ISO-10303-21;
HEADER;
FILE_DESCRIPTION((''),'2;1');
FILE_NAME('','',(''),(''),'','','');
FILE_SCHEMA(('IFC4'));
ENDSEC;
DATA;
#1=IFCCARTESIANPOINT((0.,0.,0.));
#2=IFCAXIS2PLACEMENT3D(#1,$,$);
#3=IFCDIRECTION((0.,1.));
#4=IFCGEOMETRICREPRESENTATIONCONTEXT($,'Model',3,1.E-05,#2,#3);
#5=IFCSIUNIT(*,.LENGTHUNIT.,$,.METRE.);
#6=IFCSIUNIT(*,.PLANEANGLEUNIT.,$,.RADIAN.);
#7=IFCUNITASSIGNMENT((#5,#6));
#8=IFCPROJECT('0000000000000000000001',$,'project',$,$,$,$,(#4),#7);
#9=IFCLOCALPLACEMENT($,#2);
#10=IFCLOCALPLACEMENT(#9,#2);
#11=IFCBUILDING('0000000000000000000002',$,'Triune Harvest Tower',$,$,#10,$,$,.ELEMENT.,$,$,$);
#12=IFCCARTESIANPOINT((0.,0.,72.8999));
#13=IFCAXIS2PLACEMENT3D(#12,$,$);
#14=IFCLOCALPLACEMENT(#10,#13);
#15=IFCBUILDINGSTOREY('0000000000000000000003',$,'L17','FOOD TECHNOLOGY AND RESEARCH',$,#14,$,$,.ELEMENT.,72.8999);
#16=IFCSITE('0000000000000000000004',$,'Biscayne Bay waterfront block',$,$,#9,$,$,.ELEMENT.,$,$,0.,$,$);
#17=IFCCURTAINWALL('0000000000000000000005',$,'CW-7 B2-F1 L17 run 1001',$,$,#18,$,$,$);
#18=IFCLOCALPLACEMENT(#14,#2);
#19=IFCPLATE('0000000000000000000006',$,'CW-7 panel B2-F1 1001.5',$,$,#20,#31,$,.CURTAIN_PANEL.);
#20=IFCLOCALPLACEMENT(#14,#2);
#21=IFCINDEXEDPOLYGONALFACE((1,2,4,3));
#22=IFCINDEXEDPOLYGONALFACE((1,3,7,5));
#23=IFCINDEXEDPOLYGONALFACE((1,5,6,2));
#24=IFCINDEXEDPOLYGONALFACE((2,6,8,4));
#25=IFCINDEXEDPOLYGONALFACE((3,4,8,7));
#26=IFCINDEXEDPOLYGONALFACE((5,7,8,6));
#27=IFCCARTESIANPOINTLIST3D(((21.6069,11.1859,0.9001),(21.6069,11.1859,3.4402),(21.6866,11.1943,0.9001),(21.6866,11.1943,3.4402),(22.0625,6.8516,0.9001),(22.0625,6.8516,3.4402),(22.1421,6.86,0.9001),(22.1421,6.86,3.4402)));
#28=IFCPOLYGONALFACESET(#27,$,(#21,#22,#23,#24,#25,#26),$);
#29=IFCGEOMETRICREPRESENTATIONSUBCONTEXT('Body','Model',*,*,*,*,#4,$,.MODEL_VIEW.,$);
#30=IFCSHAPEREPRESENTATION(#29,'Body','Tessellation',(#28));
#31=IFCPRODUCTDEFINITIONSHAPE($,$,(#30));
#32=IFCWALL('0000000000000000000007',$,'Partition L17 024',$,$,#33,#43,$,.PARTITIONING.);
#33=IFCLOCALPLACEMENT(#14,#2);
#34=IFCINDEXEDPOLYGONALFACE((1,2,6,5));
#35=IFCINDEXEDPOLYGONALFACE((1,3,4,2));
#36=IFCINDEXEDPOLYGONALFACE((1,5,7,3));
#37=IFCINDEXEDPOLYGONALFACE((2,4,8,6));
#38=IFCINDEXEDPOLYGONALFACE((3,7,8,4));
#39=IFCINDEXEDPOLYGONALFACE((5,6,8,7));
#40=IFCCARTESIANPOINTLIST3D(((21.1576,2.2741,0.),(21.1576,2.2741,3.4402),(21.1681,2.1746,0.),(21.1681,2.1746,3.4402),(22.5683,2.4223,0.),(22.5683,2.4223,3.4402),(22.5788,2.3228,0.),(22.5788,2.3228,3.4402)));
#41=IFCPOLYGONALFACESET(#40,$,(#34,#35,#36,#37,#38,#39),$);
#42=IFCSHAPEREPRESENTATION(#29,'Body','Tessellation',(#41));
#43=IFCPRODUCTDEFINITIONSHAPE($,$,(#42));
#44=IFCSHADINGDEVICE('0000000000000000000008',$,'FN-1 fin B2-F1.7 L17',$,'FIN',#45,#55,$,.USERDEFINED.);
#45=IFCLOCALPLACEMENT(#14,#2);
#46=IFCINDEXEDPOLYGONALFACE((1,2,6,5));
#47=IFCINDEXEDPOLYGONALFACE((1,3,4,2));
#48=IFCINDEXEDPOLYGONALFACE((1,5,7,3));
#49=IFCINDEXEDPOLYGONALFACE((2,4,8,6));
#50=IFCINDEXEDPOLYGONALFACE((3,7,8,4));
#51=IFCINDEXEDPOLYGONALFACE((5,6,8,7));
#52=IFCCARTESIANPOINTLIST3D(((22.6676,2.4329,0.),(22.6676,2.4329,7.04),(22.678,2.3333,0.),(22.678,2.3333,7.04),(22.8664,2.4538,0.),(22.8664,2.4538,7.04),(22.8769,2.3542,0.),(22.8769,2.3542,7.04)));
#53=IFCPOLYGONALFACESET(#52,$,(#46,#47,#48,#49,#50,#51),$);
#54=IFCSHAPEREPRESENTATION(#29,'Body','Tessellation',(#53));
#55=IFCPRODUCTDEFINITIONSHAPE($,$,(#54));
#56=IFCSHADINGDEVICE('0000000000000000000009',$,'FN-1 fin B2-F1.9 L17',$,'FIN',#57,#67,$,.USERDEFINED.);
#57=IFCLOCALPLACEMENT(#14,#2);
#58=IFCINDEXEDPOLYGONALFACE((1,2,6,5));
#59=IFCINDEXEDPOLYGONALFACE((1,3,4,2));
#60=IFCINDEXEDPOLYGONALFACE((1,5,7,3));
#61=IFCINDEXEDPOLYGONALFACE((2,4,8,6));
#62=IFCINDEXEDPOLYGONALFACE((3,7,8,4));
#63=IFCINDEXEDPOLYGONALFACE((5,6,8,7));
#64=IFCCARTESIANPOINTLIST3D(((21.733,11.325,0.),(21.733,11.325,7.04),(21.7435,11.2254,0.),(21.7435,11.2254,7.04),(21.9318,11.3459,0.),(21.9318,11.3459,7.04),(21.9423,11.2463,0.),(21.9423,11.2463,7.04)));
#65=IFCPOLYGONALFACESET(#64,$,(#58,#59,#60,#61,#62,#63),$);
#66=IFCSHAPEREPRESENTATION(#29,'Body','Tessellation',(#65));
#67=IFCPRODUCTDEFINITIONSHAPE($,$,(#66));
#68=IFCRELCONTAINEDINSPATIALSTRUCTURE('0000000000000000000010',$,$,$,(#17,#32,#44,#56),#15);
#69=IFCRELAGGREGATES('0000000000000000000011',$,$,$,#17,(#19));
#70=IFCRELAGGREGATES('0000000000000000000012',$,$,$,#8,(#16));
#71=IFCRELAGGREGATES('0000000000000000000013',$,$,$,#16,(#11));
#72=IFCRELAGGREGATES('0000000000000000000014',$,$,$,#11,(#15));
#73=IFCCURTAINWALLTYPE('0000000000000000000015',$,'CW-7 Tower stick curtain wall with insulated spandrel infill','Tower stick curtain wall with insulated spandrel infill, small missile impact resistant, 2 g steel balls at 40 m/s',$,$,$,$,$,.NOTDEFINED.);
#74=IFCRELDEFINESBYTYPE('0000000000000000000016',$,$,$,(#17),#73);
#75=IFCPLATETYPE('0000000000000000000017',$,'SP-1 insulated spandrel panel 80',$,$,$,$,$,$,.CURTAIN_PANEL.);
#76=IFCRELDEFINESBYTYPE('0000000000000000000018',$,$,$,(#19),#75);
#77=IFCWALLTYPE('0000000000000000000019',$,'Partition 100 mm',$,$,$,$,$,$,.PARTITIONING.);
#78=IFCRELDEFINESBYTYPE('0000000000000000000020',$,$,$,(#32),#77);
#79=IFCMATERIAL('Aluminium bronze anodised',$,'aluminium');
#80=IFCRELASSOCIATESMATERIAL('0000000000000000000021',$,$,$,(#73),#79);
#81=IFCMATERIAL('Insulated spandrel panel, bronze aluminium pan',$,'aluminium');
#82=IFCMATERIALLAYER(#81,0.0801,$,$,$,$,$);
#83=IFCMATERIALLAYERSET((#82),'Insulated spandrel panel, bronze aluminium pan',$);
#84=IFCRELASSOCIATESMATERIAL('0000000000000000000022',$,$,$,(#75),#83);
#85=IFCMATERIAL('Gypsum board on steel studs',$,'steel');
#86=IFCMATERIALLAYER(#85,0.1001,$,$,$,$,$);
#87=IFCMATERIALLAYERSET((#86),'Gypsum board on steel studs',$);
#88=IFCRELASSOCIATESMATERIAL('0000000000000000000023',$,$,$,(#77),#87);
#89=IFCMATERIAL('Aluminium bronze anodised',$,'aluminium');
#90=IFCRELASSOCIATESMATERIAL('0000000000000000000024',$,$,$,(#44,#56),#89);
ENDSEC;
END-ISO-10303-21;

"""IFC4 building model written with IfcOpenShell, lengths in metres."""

from ifc_helpers import new_model, si_unit, direction, frame, frame_2d, origin, origin_2d, place, context, subcontext, project, spatial, rectangle, extrude, source, transform, mapped, material, layer, layer_set, type_object, element, aggregate, save


model = new_model("IFC4")

# Units and contexts
model_context = context("Model", 3, precision=1e-05, world=origin(), true_north=direction((0.0, 1.0)))
body_context = subcontext(model_context, "Body", "Model", "MODEL_VIEW")
ifc_project = project(units=[si_unit("LENGTHUNIT", "METRE"), si_unit("PLANEANGLEUNIT", "RADIAN")], contexts=[model_context])

# Site, building, storey
site_placement = place(None, origin())
site = spatial("IfcSite", under=ifc_project, at=site_placement, Name="Biscayne Bay waterfront block", CompositionType="ELEMENT", RefElevation=0.0)
building_placement = place(site_placement, origin())
building = spatial("IfcBuilding", under=site, at=building_placement, Name="Triune Harvest Tower", CompositionType="ELEMENT")
storey_placement = place(building_placement, frame((0.0, 0.0, 72.8999)))
storey = spatial("IfcBuildingStorey", under=building, at=storey_placement, Name="L17", Description="FOOD TECHNOLOGY AND RESEARCH", CompositionType="ELEMENT", Elevation=72.8999)

# Curtain wall
ifc_material_1 = material(Name="Aluminium bronze anodised", Category="aluminium")
curtain_wall_type_1 = type_object("IfcCurtainWallType", Name="CW-7 Tower stick curtain wall with insulated spandrel infill", Description="Tower stick curtain wall with insulated spandrel infill, small missile impact resistant, 2 g steel balls at 40 m/s", PredefinedType="NOTDEFINED", material=ifc_material_1)
curtain_wall_1_placement = place(storey_placement, origin())
curtain_wall_1 = element("IfcCurtainWall", 1, at=curtain_wall_1_placement, inside=storey, type_object=curtain_wall_type_1, Name="CW-7 B2-F1 L17 run 1001")

# Plate
ifc_material_2 = material(Name="Insulated spandrel panel, bronze aluminium pan", Category="aluminium")
ifc_layer_1 = layer(ifc_material_2, 0.0801)
ifc_layer_set_1 = layer_set([ifc_layer_1], Name="Insulated spandrel panel, bronze aluminium pan")
plate_type_1 = type_object("IfcPlateType", Name="SP-1 insulated spandrel panel 80", PredefinedType="CURTAIN_PANEL", material=ifc_layer_set_1)
shared_shape_1 = source(origin(), body_context, "Body", "SweptSolid", [
    extrude(rectangle(XDim=4.3582, YDim=0.0801, at=origin_2d()), origin(), (0.0, 0.0, 1.0), 2.54),
])
plate_1_placement = place(storey_placement, frame((21.8745, 9.0229, 0.9001), z_axis=(0.0, 0.0, 1.0), x_axis=(-0.104528, 0.994522, 0.0)))
plate_1 = element("IfcPlate", 2, at=plate_1_placement, type_object=plate_type_1, Name="CW-7 panel B2-F1 1001.5", PredefinedType="CURTAIN_PANEL", context=body_context, shape_type="MappedRepresentation", body=[
    mapped(shared_shape_1, transform((0.0, 0.0, 0.0), scale=1.0)),
])
aggregate(curtain_wall_1, [plate_1])

# Wall
ifc_material_3 = material(Name="Gypsum board on steel studs", Category="steel")
ifc_layer_2 = layer(ifc_material_3, 0.1001)
ifc_layer_set_2 = layer_set([ifc_layer_2], Name="Gypsum board on steel studs")
wall_type = type_object("IfcWallType", Name="Partition 100 mm", PredefinedType="PARTITIONING", material=ifc_layer_set_2)
wall_placement = place(storey_placement, frame((21.1628, 2.2244, 0.0), z_axis=(0.0, 0.0, 1.0), x_axis=(0.994527, 0.104479, 0.0)))
element("IfcWall", 3, at=wall_placement, inside=storey, type_object=wall_type, Name="Partition L17 024", PredefinedType="PARTITIONING", context=body_context, shape_type="SweptSolid", body=[
    extrude(rectangle(XDim=1.4185, YDim=0.1001, at=frame_2d((0.7092, 0.0))), origin(), (0.0, 0.0, 1.0), 3.4402),
])

# Shading devices
ifc_material_4 = material(Name="Aluminium bronze anodised", Category="aluminium")
shared_shape_2 = source(origin(), body_context, "Body", "SweptSolid", [
    extrude(rectangle(XDim=0.1001, YDim=0.2, at=origin_2d()), origin(), (0.0, 0.0, 1.0), 7.04),
])
for number, where, z_axis, x_axis, name in (
    (4, (22.7722, 2.3936, 0.0), (0.0, 0.0, 1.0), (-0.104528, 0.994522, 0.0), "FN-1 fin B2-F1.7 L17"),
    (5, (21.8376, 11.2856, 0.0), (0.0, 0.0, 1.0), (-0.104528, 0.994522, 0.0), "FN-1 fin B2-F1.9 L17"),
):
    element("IfcShadingDevice", number, at=place(storey_placement, frame(where, z_axis=z_axis, x_axis=x_axis)), inside=storey, material=ifc_material_4, Name=name, ObjectType="FIN", PredefinedType="USERDEFINED", context=body_context, shape_type="MappedRepresentation", body=[
        mapped(shared_shape_2, transform((0.0, 0.0, 0.0), scale=1.0)),
    ])

save(model, "model.ifc")
